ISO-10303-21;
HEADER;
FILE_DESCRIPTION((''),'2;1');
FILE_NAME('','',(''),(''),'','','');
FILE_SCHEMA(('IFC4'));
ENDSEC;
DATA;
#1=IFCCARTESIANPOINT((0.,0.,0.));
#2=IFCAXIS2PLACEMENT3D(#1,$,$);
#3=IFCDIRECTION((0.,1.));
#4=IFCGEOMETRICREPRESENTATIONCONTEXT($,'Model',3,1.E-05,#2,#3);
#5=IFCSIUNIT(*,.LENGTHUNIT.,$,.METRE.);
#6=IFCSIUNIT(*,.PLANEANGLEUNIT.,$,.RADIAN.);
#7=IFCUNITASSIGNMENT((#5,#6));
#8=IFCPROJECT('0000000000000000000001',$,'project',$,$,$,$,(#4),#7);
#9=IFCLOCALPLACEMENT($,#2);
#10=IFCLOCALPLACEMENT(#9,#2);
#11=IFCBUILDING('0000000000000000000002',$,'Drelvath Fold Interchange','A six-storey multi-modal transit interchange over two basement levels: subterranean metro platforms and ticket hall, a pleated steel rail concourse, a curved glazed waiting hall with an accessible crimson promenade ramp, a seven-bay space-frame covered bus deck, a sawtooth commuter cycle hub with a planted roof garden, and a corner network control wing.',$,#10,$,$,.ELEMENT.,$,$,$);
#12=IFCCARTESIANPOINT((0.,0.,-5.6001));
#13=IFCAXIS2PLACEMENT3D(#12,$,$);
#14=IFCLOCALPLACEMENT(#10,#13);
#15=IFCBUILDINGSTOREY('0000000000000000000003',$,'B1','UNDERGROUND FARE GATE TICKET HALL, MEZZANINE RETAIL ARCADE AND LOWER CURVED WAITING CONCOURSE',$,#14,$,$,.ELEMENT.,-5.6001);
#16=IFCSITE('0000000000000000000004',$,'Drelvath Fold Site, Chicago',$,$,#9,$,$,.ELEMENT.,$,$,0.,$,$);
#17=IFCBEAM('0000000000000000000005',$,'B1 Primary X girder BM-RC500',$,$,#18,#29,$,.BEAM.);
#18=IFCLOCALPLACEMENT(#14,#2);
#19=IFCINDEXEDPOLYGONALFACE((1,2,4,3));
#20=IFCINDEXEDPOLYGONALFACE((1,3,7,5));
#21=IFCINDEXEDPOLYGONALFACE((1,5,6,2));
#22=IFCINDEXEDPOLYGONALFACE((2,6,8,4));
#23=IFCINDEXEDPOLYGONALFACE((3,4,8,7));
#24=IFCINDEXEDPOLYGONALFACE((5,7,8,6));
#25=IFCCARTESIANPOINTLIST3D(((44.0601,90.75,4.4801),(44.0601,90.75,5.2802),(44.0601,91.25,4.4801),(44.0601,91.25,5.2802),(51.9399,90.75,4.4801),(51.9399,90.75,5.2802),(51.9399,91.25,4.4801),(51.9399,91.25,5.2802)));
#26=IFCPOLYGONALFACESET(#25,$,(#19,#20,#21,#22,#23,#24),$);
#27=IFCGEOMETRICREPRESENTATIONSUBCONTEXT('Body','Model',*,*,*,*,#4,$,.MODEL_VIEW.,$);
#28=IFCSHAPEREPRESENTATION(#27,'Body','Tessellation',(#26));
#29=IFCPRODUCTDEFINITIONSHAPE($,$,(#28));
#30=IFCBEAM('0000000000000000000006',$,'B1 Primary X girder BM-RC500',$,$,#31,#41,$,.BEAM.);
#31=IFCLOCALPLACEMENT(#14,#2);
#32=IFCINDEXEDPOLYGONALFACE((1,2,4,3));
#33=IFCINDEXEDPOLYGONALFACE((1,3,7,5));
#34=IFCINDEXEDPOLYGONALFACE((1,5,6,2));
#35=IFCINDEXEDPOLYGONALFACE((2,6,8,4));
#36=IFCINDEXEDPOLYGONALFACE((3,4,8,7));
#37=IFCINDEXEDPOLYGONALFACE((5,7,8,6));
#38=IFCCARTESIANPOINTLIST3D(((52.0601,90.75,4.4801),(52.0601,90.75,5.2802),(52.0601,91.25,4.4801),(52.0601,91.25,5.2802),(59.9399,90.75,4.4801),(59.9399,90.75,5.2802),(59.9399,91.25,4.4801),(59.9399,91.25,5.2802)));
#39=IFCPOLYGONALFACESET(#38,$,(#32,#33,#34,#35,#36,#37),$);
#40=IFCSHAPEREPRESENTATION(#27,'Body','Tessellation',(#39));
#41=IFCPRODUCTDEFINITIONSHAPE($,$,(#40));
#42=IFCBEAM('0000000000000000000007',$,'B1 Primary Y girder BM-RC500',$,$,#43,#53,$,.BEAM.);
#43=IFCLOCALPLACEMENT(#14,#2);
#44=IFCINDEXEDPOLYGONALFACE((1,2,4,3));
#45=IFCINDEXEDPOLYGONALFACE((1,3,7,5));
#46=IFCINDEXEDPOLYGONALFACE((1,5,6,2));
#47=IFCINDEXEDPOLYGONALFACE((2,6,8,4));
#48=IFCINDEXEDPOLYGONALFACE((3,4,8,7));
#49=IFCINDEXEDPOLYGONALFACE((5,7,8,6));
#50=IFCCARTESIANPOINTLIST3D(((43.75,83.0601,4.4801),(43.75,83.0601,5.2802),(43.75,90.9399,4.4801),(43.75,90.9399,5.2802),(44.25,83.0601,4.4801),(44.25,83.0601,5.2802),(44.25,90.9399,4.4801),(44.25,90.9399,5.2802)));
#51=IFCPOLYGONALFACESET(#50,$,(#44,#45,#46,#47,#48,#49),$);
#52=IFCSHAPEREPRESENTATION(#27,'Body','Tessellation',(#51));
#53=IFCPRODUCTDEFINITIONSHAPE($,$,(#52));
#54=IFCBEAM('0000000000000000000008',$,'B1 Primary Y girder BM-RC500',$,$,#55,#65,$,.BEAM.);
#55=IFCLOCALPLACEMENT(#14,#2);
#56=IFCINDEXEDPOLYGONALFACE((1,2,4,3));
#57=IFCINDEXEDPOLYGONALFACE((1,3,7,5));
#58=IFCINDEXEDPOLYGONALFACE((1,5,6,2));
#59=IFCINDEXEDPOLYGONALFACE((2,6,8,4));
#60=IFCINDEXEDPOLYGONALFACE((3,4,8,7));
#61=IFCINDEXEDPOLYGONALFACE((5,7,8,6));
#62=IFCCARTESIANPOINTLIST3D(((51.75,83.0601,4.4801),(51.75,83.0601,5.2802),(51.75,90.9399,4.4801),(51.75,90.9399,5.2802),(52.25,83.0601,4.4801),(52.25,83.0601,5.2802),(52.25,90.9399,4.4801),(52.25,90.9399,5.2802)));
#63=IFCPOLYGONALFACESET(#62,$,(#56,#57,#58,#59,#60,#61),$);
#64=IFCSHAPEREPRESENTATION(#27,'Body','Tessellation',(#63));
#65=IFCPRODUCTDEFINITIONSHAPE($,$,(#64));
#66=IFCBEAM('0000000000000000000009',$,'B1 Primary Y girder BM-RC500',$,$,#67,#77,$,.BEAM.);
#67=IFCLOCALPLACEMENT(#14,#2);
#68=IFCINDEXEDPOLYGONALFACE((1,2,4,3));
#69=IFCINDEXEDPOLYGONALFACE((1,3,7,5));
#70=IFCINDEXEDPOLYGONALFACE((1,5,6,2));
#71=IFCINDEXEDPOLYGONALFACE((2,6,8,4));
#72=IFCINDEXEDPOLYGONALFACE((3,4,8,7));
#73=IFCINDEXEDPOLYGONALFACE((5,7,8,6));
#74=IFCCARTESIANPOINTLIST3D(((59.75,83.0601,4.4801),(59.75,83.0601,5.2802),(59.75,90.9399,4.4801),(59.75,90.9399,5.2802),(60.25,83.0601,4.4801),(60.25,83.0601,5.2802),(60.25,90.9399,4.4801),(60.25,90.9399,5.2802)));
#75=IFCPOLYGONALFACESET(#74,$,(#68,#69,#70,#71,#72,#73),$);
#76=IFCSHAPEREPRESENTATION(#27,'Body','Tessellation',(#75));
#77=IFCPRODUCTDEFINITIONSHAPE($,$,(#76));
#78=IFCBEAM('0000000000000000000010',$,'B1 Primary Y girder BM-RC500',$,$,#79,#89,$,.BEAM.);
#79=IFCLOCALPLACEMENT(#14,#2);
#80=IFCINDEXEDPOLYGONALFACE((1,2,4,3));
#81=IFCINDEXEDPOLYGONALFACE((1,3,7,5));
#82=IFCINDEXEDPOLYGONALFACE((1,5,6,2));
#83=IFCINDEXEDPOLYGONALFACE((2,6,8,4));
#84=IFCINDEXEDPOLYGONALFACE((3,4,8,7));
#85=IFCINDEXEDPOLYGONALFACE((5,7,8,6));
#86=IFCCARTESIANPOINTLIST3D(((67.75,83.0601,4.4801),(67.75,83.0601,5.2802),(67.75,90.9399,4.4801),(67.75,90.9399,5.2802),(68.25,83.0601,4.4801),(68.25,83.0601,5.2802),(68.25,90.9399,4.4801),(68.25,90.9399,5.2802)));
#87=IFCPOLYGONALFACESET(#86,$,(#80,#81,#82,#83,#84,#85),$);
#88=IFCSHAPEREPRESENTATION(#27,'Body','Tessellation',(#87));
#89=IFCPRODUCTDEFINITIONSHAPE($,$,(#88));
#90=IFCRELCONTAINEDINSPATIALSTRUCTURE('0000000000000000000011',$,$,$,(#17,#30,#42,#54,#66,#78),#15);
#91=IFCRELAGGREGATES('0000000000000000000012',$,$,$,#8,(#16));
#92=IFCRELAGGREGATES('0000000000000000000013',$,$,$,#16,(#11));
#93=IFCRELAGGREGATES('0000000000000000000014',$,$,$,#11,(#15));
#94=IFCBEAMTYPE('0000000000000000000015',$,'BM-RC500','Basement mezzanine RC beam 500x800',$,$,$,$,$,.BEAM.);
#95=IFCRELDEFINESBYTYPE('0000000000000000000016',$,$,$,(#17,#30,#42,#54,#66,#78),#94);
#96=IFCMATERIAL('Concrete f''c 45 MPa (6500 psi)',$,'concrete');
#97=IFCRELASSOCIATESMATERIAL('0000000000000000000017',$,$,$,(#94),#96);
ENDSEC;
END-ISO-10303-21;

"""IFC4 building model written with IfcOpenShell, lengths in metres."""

from ifc_helpers import new_model, si_unit, direction, frame, origin, origin_2d, place, context, subcontext, project, spatial, rectangle, extrude, material, material_profile, profile_set, type_object, element, save


model = new_model("IFC4")

# Units and contexts
model_context = context("Model", 3, precision=1e-05, world=origin(), true_north=direction((0.0, 1.0)))
body_context = subcontext(model_context, "Body", "Model", "MODEL_VIEW")
ifc_project = project(units=[si_unit("LENGTHUNIT", "METRE"), si_unit("PLANEANGLEUNIT", "RADIAN")], contexts=[model_context])

# Site, building, storey
site_placement = place(None, origin())
site = spatial("IfcSite", under=ifc_project, at=site_placement, Name="Drelvath Fold Site, Chicago", CompositionType="ELEMENT", RefElevation=0.0)
building_placement = place(site_placement, origin())
building = spatial("IfcBuilding", under=site, at=building_placement, Name="Drelvath Fold Interchange", Description="A six-storey multi-modal transit interchange over two basement levels: subterranean metro platforms and ticket hall, a pleated steel rail concourse, a curved glazed waiting hall with an accessible crimson promenade ramp, a seven-bay space-frame covered bus deck, a sawtooth commuter cycle hub with a planted roof garden, and a corner network control wing.", CompositionType="ELEMENT")
storey_placement = place(building_placement, frame((0.0, 0.0, -5.6001)))
storey = spatial("IfcBuildingStorey", under=building, at=storey_placement, Name="B1", Description="UNDERGROUND FARE GATE TICKET HALL, MEZZANINE RETAIL ARCADE AND LOWER CURVED WAITING CONCOURSE", CompositionType="ELEMENT", Elevation=-5.6001)

# Beams
ifc_material_1 = material(Name="Concrete f'c 45 MPa (6500 psi)", Category="concrete")
ifc_material_profile_1 = material_profile(ifc_material_1, rectangle(XDim=0.5, YDim=0.8, at=origin_2d()), Name="RC 500x800")
ifc_profile_set_1 = profile_set([ifc_material_profile_1], Name="Concrete f'c 45 MPa (6500 psi)")
beam_type_1 = type_object("IfcBeamType", Name="BM-RC500", Description="Basement mezzanine RC beam 500x800", PredefinedType="BEAM", material=ifc_profile_set_1)
for number, where, z_axis, x_axis, name in (
    (1, (44.0601, 91.0, 4.8801), (1.0, 0.0, 0.0), (0.0, 1.0, 0.0), "B1 Primary X girder BM-RC500"),
    (2, (52.0601, 91.0, 4.8801), (1.0, 0.0, 0.0), (0.0, 1.0, 0.0), "B1 Primary X girder BM-RC500"),
    (3, (44.0, 83.0601, 4.8801), (0.0, 1.0, 0.0), (-1.0, 0.0, 0.0), "B1 Primary Y girder BM-RC500"),
    (4, (52.0, 83.0601, 4.8801), (0.0, 1.0, 0.0), (-1.0, 0.0, 0.0), "B1 Primary Y girder BM-RC500"),
    (5, (60.0, 83.0601, 4.8801), (0.0, 1.0, 0.0), (-1.0, 0.0, 0.0), "B1 Primary Y girder BM-RC500"),
    (6, (68.0, 83.0601, 4.8801), (0.0, 1.0, 0.0), (-1.0, 0.0, 0.0), "B1 Primary Y girder BM-RC500"),
):
    element("IfcBeam", number, at=place(storey_placement, frame(where, z_axis=z_axis, x_axis=x_axis)), inside=storey, type_object=beam_type_1, Name=name, PredefinedType="BEAM", context=body_context, shape_type="SweptSolid", body=[
        extrude(rectangle(XDim=0.5, YDim=0.8, at=origin_2d()), origin(), (0.0, 0.0, 1.0), 7.8799),
    ])

save(model, "model.ifc")
